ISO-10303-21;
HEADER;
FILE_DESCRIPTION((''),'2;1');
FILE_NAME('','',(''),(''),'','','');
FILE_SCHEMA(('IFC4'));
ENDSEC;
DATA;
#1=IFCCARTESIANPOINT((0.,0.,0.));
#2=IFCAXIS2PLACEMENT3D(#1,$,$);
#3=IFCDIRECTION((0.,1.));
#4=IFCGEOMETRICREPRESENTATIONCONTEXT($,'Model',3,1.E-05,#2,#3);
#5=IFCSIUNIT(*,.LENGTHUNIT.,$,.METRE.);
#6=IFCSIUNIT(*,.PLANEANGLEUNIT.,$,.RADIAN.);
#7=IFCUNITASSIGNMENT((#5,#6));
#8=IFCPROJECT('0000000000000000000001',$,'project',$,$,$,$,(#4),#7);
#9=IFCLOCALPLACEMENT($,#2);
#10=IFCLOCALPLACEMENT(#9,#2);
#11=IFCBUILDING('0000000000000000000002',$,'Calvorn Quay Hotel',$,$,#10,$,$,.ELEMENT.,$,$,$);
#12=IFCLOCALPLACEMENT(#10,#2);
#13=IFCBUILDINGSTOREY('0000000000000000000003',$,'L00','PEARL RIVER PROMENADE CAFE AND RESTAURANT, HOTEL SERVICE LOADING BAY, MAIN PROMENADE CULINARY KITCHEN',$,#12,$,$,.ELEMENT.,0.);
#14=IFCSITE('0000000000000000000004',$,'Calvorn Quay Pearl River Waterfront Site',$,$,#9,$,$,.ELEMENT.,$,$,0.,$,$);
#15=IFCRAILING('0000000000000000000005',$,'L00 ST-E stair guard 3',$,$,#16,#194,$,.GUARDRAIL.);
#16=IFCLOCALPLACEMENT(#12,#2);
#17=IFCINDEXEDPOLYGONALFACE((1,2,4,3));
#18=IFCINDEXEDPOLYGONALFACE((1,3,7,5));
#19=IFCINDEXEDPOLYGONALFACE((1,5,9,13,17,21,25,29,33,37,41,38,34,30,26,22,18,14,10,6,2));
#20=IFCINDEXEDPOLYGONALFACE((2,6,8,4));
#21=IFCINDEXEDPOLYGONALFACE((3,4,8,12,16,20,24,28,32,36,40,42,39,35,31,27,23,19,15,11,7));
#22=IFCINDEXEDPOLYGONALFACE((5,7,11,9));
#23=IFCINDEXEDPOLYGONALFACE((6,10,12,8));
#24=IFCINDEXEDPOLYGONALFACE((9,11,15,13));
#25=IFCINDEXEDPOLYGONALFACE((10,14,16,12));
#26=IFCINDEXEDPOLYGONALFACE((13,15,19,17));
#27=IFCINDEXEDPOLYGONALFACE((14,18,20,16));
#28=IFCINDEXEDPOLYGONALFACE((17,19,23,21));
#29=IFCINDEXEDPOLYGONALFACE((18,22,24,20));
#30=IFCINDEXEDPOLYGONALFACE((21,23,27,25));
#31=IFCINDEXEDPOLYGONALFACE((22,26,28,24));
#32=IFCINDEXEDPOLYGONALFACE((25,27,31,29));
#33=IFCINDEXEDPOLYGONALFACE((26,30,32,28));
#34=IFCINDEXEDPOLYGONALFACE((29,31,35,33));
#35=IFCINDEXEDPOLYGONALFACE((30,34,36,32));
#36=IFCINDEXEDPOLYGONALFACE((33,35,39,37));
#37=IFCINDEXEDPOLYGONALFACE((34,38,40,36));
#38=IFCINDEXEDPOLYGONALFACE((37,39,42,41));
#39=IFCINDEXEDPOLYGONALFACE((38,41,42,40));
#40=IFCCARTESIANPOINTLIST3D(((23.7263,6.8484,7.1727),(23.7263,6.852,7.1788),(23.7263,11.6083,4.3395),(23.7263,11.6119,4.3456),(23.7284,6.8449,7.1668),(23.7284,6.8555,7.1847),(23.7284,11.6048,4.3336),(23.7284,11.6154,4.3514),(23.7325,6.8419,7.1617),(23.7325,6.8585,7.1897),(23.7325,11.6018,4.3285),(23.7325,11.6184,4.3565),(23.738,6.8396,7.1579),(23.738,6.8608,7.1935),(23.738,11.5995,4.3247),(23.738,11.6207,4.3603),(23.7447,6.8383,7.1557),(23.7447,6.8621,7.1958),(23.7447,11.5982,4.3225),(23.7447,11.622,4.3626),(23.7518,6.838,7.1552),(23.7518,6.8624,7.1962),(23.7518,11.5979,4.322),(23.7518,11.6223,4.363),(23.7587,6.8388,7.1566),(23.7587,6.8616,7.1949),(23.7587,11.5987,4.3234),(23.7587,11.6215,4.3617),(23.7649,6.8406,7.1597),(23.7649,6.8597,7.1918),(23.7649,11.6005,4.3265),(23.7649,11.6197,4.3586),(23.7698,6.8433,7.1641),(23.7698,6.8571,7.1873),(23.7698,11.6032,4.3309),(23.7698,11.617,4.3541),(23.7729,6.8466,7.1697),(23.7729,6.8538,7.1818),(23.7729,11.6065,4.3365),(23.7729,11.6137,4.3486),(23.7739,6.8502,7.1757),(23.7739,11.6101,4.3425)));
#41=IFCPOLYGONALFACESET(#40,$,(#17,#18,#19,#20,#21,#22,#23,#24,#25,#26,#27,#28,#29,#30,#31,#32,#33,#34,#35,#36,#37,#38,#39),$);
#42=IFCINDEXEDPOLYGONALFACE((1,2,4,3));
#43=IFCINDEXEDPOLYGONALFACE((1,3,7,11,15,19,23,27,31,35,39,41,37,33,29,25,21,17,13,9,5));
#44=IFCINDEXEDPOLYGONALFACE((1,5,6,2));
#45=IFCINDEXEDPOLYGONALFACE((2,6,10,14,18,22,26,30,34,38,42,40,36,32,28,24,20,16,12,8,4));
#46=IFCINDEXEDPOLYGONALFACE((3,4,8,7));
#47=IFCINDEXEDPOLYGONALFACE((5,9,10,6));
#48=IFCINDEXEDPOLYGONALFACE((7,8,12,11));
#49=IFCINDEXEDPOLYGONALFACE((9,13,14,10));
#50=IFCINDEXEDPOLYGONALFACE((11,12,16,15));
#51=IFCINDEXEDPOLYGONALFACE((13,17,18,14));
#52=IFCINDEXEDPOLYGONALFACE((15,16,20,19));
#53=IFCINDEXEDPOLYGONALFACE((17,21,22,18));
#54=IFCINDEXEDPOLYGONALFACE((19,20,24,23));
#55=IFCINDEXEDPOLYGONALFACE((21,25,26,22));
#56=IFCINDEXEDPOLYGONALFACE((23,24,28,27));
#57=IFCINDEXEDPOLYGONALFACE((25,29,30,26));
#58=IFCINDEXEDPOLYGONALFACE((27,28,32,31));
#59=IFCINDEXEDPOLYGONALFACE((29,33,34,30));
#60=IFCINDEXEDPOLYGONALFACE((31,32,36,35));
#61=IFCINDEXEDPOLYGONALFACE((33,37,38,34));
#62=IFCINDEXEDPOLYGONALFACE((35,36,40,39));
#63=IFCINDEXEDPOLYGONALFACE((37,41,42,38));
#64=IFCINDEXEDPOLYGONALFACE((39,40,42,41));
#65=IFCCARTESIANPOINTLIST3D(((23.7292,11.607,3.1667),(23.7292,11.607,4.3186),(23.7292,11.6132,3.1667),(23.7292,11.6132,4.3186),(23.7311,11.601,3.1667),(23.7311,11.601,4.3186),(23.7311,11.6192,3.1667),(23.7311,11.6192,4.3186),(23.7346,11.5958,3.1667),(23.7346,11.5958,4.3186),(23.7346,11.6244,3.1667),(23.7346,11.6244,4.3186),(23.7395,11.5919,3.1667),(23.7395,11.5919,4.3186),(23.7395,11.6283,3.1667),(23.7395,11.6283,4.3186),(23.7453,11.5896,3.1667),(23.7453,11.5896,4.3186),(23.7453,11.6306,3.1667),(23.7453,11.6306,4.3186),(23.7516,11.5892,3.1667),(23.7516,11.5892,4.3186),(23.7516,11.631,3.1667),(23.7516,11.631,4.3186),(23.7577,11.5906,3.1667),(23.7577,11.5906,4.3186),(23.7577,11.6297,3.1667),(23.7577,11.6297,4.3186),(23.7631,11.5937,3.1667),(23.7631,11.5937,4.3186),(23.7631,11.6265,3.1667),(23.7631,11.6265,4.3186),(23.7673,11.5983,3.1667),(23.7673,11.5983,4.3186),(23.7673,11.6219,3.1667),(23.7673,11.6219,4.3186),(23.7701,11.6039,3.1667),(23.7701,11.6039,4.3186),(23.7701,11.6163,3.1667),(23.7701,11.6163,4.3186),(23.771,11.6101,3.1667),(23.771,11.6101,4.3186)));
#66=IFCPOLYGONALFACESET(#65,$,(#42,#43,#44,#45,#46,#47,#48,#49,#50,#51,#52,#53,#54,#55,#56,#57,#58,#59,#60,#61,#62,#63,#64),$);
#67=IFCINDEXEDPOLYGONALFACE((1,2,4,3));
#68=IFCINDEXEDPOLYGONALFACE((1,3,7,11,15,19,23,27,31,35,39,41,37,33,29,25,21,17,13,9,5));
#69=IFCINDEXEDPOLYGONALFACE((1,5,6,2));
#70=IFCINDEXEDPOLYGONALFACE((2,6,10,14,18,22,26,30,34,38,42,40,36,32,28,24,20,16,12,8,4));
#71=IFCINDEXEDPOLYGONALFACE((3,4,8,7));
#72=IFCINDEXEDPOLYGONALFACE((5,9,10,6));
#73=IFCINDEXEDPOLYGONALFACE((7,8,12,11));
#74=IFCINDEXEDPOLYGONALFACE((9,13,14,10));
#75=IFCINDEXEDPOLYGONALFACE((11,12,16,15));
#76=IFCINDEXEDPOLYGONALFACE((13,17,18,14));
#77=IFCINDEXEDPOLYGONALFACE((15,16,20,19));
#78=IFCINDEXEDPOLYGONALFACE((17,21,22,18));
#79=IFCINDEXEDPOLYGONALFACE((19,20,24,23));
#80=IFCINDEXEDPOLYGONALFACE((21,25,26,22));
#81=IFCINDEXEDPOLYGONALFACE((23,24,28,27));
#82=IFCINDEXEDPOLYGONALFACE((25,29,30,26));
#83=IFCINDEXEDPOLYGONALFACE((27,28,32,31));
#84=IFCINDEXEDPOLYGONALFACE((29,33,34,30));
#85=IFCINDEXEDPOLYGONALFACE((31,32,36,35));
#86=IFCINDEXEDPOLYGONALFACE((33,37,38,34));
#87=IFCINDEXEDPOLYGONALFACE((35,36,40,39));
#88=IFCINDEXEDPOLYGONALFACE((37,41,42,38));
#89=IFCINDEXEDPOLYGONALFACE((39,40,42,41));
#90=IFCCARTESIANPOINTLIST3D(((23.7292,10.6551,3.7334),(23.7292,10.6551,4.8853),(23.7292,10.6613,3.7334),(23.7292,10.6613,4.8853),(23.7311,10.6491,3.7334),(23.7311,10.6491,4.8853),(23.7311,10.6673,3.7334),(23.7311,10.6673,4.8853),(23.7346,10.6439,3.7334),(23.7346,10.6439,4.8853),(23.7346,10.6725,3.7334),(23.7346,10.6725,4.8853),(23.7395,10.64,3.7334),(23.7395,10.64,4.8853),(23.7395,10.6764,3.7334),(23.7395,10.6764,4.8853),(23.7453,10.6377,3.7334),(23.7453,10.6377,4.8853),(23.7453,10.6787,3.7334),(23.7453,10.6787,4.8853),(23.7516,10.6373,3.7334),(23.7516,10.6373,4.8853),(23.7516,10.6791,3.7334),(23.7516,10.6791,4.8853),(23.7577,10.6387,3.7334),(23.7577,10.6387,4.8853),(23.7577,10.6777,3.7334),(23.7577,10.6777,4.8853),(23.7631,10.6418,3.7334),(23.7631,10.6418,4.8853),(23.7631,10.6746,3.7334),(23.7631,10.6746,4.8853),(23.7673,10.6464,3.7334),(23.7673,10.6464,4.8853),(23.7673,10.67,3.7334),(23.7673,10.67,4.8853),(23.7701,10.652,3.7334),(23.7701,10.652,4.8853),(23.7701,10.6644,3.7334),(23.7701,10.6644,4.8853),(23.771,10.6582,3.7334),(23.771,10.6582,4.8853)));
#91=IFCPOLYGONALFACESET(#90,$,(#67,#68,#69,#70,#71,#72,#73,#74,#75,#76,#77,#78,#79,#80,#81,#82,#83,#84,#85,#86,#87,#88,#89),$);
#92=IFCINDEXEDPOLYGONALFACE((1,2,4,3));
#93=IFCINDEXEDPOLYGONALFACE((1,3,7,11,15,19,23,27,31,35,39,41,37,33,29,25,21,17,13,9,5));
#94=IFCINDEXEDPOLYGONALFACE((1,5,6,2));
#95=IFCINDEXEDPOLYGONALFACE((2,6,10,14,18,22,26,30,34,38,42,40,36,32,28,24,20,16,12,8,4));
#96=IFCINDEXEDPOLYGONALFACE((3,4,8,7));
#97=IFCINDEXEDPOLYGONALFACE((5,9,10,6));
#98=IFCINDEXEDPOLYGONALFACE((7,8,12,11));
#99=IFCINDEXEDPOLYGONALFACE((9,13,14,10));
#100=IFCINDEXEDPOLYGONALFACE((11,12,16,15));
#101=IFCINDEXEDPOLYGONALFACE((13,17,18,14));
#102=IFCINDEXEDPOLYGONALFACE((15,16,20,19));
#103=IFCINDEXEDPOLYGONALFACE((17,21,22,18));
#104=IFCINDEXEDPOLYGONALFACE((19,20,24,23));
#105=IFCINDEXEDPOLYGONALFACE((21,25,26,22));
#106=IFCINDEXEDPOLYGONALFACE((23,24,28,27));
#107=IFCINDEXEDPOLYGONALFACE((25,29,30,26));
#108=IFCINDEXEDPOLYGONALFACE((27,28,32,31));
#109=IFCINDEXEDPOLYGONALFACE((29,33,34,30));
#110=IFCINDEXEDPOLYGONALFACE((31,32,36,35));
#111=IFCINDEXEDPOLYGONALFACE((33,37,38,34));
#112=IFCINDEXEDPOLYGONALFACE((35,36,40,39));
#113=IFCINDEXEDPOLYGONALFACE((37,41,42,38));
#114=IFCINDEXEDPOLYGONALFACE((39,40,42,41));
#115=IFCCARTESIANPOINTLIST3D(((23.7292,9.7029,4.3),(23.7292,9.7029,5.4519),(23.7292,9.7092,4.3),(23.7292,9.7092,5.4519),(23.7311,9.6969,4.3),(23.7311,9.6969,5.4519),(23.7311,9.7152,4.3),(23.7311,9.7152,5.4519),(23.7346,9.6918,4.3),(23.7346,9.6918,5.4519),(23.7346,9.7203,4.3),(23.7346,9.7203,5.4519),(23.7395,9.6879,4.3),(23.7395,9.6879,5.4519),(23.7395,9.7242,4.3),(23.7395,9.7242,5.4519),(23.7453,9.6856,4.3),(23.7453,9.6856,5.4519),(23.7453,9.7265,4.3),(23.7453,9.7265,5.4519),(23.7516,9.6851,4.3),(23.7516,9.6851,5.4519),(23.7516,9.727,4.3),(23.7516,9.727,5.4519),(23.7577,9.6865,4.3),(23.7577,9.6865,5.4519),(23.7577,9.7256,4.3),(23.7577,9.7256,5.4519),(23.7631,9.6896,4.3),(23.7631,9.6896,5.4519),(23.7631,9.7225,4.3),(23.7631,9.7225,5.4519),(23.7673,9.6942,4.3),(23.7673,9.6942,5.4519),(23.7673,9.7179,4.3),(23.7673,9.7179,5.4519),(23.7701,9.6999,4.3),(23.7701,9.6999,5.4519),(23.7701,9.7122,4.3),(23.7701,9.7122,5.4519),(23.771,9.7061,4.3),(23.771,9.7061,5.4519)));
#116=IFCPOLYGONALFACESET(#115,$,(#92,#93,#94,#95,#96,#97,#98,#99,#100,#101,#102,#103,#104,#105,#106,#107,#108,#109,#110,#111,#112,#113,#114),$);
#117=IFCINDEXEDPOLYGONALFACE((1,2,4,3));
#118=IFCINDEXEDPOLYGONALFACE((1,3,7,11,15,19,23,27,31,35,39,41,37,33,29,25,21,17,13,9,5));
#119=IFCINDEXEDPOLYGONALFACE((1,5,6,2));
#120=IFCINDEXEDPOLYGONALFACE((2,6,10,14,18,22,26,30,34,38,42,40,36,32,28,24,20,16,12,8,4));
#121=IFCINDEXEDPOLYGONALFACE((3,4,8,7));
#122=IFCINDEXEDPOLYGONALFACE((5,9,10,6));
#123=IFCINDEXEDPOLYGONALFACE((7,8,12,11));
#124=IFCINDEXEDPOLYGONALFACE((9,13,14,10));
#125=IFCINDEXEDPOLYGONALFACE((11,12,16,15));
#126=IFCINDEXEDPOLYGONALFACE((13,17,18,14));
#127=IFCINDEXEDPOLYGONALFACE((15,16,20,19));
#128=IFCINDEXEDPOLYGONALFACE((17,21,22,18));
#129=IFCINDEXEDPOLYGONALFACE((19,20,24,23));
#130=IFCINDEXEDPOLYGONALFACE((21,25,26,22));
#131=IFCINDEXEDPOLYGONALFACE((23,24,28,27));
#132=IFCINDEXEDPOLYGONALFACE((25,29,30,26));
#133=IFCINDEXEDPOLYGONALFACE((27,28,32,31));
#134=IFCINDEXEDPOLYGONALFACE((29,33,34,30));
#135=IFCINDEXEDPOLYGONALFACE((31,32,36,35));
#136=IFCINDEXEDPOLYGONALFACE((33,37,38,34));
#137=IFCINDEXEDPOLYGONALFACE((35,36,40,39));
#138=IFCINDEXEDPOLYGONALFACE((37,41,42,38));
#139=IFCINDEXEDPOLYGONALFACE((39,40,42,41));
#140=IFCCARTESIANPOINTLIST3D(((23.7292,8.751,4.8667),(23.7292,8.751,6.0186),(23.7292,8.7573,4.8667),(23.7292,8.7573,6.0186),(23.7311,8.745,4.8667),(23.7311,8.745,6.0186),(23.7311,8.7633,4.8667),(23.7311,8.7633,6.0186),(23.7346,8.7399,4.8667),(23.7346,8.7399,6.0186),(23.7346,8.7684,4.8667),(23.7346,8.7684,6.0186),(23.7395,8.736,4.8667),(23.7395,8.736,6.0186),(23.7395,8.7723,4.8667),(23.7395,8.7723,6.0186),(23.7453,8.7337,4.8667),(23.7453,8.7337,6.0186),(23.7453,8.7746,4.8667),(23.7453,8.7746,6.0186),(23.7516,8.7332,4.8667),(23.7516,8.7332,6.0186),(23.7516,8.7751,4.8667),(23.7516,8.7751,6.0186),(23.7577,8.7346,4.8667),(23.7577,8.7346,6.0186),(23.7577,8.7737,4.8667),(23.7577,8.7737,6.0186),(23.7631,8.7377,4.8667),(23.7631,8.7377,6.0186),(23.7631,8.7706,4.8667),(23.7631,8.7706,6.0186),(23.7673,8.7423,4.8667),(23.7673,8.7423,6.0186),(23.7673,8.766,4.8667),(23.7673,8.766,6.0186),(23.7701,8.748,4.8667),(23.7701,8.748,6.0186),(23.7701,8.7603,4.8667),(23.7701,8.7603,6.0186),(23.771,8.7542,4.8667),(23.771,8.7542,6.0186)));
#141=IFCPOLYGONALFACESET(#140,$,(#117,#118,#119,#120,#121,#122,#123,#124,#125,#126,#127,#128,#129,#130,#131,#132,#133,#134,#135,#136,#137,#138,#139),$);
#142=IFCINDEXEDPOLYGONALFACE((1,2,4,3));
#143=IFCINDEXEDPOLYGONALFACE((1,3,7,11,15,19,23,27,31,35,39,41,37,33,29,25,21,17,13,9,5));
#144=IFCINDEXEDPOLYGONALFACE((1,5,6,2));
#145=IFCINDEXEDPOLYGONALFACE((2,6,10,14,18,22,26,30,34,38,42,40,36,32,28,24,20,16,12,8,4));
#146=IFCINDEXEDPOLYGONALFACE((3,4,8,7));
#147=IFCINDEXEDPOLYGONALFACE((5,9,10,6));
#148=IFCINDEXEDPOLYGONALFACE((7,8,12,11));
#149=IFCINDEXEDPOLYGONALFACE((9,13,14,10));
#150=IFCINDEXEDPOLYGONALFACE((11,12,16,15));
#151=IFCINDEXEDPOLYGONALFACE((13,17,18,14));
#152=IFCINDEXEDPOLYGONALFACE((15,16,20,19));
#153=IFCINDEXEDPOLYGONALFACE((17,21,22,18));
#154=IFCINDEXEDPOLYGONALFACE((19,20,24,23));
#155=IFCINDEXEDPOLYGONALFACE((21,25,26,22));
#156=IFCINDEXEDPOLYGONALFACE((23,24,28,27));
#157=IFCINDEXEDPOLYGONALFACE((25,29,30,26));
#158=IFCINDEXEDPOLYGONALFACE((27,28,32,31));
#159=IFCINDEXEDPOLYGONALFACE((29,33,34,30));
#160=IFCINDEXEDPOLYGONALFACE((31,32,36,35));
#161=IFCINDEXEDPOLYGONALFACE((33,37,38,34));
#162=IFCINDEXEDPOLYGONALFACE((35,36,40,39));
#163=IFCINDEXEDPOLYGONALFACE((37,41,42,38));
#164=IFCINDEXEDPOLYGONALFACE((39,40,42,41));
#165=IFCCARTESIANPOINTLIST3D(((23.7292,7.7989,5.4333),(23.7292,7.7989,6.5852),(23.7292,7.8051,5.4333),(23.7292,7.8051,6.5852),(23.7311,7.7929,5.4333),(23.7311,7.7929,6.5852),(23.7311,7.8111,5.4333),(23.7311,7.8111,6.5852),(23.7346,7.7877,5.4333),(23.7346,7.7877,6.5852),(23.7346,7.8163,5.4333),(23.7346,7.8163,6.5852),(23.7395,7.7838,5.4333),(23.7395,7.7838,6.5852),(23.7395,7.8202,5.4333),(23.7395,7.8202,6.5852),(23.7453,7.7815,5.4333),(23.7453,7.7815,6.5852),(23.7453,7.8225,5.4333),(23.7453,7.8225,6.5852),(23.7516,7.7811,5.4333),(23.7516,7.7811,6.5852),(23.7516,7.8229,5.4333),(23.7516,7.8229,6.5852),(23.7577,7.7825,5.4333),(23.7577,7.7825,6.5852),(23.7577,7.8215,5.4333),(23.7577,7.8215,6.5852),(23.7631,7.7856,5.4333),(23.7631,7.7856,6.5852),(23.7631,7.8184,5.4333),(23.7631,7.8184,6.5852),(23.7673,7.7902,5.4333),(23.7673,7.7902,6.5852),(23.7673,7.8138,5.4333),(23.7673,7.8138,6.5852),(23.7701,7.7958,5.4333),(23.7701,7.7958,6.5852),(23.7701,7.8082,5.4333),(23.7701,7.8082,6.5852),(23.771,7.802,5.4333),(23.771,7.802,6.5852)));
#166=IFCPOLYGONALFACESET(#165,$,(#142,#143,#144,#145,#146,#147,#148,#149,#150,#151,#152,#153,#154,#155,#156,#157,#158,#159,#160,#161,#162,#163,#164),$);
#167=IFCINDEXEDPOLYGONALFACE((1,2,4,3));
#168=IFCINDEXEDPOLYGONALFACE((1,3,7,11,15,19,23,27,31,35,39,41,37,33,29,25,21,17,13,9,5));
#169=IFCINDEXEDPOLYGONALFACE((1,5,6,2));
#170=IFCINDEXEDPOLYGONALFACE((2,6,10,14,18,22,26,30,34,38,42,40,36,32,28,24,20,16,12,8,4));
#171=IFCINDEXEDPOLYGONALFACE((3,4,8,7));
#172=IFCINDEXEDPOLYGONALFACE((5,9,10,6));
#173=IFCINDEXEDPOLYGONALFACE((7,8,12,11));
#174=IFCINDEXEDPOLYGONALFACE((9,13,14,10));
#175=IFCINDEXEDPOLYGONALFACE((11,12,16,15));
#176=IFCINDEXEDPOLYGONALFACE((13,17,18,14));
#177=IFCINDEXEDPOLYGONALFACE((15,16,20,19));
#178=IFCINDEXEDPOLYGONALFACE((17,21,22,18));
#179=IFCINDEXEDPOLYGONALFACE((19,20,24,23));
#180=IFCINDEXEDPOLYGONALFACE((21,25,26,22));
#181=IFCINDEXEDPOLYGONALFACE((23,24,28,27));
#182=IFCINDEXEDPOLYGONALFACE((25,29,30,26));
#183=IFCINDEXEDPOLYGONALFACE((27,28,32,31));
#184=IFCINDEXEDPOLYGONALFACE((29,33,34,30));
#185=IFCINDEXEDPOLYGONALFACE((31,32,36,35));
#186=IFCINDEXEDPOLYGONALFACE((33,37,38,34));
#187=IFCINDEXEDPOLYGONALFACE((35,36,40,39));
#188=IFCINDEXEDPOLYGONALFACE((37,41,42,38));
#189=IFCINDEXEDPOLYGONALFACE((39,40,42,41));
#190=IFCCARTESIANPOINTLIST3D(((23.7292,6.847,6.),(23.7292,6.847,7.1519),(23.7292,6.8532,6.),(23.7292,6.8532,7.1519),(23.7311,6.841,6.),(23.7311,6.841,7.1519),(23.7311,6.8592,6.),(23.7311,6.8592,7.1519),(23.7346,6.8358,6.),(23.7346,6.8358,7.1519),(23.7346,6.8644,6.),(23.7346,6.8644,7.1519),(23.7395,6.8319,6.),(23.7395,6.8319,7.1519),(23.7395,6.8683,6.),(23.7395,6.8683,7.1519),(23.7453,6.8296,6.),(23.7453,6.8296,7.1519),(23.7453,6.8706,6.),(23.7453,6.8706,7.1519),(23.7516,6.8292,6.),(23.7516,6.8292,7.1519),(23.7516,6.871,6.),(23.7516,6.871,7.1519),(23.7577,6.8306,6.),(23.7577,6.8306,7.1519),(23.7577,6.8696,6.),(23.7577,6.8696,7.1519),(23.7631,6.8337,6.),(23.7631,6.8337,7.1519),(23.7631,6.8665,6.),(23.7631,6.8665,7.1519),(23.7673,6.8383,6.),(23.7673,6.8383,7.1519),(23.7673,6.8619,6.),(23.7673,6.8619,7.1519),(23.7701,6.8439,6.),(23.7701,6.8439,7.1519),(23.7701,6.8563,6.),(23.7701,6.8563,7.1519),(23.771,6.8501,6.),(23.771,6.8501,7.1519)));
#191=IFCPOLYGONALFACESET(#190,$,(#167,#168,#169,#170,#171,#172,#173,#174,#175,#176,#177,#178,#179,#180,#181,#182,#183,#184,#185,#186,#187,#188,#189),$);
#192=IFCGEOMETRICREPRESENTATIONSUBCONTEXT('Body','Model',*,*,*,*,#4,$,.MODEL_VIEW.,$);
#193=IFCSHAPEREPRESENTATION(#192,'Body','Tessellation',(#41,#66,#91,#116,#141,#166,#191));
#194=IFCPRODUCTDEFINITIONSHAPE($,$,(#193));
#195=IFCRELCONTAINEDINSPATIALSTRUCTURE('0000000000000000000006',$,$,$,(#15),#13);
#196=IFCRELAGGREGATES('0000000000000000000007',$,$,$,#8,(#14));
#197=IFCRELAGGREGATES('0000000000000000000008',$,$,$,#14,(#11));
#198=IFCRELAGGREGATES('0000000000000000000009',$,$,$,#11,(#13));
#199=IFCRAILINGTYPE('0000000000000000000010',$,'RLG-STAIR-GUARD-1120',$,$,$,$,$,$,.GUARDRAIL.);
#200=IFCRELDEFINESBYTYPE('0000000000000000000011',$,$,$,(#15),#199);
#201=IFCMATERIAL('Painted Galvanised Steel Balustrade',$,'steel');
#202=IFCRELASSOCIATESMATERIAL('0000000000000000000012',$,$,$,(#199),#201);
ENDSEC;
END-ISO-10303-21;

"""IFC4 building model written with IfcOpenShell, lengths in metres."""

from ifc_helpers import new_model, si_unit, direction, frame, origin, origin_2d, place, context, subcontext, project, spatial, circle, extrude, material, type_object, element, save


model = new_model("IFC4")

# Units and contexts
model_context = context("Model", 3, precision=1e-05, world=origin(), true_north=direction((0.0, 1.0)))
body_context = subcontext(model_context, "Body", "Model", "MODEL_VIEW")
ifc_project = project(units=[si_unit("LENGTHUNIT", "METRE"), si_unit("PLANEANGLEUNIT", "RADIAN")], contexts=[model_context])

# Site, building, storey
site_placement = place(None, origin())
site = spatial("IfcSite", under=ifc_project, at=site_placement, Name="Calvorn Quay Pearl River Waterfront Site", CompositionType="ELEMENT", RefElevation=0.0)
building_placement = place(site_placement, origin())
building = spatial("IfcBuilding", under=site, at=building_placement, Name="Calvorn Quay Hotel", CompositionType="ELEMENT")
storey_placement = place(building_placement, origin())
storey = spatial("IfcBuildingStorey", under=building, at=storey_placement, Name="L00", Description="PEARL RIVER PROMENADE CAFE AND RESTAURANT, HOTEL SERVICE LOADING BAY, MAIN PROMENADE CULINARY KITCHEN", CompositionType="ELEMENT", Elevation=0.0)

# Railing
ifc_material_1 = material(Name="Painted Galvanised Steel Balustrade", Category="steel")
railing_type_1 = type_object("IfcRailingType", Name="RLG-STAIR-GUARD-1120", PredefinedType="GUARDRAIL", material=ifc_material_1)
railing_1_placement = place(storey_placement, frame((23.75, 11.6101, 3.1667)))
element("IfcRailing", 1, at=railing_1_placement, inside=storey, type_object=railing_type_1, Name="L00 ST-E stair guard 3", PredefinedType="GUARDRAIL", context=body_context, shape_type="SweptSolid", body=[
    extrude(circle(Radius=0.0239, at=origin_2d()), frame((0.0, 0.0, 1.1758), z_axis=(0.0, -0.8593, 0.511472), x_axis=(1.0, 0.0, 0.0)), (0.0, 0.0, 1.0), 5.5393),
    extrude(circle(Radius=0.021, at=origin_2d()), origin(), (0.0, 0.0, 1.0), 1.1519),
    extrude(circle(Radius=0.021, at=origin_2d()), frame((0.0, -0.9519, 0.5667)), (0.0, 0.0, 1.0), 1.1519),
    extrude(circle(Radius=0.021, at=origin_2d()), frame((0.0, -1.9041, 1.1333)), (0.0, 0.0, 1.0), 1.1519),
    extrude(circle(Radius=0.021, at=origin_2d()), frame((0.0, -2.856, 1.7)), (0.0, 0.0, 1.0), 1.1519),
    extrude(circle(Radius=0.021, at=origin_2d()), frame((0.0, -3.8081, 2.2666)), (0.0, 0.0, 1.0), 1.1519),
    extrude(circle(Radius=0.021, at=origin_2d()), frame((0.0, -4.76, 2.8333)), (0.0, 0.0, 1.0), 1.1519),
])

save(model, "model.ifc")
